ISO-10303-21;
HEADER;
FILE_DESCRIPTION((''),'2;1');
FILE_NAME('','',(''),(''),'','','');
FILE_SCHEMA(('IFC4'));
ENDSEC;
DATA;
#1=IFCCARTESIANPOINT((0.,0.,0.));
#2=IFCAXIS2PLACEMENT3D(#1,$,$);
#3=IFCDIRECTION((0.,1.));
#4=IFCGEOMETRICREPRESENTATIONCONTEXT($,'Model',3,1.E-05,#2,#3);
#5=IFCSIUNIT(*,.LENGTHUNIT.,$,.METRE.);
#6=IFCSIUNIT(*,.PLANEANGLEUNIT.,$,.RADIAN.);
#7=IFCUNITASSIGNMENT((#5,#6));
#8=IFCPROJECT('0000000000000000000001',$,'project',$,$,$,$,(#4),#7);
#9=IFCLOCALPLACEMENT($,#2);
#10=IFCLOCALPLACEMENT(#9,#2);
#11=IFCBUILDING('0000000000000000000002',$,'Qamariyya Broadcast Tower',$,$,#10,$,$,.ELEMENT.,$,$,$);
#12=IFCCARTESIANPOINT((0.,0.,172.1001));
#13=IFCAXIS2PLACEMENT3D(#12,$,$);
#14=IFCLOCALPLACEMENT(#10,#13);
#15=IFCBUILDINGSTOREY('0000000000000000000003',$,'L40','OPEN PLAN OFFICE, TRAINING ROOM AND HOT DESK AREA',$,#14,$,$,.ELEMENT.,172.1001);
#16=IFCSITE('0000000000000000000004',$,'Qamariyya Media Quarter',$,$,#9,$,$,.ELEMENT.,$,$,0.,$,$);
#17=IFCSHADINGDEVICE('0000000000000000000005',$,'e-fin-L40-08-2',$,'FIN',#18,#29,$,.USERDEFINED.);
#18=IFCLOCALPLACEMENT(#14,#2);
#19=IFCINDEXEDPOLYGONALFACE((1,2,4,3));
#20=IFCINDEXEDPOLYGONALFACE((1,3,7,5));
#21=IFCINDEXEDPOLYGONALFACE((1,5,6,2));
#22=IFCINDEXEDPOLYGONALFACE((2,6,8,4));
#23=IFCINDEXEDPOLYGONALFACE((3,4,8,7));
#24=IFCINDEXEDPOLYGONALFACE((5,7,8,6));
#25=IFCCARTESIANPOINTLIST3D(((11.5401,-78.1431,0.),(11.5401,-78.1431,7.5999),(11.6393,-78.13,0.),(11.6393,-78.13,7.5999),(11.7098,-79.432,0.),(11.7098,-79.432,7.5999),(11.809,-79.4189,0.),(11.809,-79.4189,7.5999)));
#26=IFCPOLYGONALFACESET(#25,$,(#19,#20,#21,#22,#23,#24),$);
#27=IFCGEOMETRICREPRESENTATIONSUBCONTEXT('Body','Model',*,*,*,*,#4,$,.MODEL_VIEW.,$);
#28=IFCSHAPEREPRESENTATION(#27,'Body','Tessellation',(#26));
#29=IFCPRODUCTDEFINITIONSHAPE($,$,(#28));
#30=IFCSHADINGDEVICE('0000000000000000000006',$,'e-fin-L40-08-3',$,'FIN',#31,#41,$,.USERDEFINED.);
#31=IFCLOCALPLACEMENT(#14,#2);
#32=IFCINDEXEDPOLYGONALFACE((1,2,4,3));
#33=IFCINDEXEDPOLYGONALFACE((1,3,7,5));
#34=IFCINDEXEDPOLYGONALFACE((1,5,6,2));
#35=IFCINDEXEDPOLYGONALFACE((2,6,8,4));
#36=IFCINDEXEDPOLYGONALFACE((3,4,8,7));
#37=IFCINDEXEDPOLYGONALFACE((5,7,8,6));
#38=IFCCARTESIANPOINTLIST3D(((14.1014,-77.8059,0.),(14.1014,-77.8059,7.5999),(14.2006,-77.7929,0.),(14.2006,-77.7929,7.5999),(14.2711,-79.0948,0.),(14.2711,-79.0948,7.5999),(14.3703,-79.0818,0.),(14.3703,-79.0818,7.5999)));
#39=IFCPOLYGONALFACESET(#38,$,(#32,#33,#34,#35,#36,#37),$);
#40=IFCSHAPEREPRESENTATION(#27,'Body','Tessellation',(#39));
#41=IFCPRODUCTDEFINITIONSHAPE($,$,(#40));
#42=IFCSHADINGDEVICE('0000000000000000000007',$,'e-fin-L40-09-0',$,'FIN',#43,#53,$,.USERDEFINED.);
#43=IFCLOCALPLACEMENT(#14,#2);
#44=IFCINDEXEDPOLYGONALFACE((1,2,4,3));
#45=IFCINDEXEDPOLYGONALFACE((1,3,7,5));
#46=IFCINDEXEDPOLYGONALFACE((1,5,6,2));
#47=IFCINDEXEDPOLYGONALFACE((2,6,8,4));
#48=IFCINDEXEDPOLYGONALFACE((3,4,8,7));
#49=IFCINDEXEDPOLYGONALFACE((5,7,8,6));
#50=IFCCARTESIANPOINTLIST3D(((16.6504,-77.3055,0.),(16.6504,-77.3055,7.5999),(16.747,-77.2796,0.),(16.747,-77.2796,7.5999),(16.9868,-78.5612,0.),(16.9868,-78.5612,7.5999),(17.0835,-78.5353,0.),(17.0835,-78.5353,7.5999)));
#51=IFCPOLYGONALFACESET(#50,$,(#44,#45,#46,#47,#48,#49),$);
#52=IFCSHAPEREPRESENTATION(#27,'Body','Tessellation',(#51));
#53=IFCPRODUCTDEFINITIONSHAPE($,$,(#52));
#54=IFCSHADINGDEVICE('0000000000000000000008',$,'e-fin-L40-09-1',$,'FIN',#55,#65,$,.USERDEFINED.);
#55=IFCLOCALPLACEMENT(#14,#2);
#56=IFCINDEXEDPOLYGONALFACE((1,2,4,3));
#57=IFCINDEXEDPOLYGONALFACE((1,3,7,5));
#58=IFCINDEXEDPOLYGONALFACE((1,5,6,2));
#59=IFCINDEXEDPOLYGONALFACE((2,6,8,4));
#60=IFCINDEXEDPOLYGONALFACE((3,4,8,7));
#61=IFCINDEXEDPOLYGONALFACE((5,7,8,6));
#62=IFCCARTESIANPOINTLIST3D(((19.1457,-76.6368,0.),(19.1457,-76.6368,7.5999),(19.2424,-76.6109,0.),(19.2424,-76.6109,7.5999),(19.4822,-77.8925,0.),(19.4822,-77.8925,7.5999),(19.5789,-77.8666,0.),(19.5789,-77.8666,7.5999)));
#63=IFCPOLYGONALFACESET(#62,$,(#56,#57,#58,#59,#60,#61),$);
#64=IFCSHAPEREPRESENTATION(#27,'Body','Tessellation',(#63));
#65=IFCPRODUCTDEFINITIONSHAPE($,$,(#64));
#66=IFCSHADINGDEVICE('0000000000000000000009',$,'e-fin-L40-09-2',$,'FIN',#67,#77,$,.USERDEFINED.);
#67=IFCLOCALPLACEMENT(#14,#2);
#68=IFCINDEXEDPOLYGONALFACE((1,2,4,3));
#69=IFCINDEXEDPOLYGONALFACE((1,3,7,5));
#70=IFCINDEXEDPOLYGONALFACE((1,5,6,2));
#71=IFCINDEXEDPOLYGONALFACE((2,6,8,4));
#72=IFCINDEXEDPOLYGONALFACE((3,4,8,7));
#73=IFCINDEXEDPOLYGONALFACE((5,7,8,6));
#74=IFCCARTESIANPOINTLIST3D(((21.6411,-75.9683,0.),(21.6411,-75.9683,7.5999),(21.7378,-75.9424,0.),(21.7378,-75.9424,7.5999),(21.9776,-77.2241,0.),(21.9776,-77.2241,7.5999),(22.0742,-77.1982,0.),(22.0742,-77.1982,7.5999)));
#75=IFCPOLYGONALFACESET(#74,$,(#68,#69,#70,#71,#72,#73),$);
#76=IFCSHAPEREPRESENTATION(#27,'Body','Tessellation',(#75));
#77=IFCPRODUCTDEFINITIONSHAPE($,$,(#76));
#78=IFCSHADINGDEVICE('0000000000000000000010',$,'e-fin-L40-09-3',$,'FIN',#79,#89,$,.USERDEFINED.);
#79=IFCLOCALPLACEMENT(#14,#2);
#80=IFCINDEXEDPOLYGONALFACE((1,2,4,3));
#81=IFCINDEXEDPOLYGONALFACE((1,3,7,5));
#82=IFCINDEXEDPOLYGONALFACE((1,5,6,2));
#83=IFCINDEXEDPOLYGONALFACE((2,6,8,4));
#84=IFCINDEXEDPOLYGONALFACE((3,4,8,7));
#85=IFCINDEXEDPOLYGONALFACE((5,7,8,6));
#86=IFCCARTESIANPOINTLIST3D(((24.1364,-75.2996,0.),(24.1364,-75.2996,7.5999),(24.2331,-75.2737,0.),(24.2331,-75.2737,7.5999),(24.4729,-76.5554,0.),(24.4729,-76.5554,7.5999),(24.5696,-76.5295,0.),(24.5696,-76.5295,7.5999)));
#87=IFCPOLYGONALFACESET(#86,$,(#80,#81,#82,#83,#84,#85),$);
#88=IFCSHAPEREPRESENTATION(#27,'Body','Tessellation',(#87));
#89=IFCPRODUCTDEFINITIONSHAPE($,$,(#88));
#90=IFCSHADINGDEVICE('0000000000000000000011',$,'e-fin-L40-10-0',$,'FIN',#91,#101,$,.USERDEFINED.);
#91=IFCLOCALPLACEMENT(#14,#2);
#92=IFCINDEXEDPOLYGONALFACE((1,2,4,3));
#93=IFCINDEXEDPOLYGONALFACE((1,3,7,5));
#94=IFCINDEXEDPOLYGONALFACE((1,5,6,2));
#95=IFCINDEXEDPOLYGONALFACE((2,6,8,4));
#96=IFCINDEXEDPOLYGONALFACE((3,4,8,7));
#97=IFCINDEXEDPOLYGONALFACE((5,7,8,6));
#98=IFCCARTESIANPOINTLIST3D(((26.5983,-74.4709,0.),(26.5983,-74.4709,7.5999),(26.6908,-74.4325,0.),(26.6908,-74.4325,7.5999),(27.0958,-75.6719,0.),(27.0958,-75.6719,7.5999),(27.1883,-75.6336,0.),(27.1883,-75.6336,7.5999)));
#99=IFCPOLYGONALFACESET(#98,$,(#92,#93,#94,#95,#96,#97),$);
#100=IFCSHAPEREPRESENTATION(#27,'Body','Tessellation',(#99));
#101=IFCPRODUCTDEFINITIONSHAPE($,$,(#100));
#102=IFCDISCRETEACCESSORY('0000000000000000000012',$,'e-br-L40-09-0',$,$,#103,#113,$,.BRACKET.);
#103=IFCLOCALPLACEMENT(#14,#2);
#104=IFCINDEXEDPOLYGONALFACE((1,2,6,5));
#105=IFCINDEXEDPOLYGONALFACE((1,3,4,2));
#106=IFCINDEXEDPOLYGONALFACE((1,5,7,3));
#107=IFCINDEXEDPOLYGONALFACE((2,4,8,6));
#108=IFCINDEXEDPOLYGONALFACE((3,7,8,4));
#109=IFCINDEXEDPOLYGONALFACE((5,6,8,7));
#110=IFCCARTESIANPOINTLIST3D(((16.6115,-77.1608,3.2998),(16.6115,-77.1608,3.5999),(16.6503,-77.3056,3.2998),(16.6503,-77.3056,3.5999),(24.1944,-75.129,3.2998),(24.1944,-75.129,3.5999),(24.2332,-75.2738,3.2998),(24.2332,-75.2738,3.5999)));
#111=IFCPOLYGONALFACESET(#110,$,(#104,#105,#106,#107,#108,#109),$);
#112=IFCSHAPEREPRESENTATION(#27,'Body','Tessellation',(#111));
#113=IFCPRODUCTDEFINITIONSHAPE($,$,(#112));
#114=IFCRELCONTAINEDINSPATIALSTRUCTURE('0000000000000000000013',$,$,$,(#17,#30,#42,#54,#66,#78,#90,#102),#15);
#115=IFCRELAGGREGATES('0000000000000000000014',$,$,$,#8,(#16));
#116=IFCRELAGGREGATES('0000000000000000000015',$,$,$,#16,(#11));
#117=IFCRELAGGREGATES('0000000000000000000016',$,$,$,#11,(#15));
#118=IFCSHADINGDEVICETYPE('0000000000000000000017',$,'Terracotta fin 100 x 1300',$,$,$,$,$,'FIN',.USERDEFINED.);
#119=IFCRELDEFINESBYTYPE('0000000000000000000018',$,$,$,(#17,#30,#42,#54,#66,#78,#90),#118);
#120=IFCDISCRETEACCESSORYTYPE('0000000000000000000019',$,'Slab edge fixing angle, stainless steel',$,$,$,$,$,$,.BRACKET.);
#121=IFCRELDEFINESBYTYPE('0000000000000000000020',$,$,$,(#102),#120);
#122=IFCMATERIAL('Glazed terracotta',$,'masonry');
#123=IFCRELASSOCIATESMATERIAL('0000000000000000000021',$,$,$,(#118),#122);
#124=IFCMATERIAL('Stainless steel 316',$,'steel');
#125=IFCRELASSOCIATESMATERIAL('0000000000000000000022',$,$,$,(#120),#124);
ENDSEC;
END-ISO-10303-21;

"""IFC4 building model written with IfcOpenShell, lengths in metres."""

from ifc_helpers import new_model, si_unit, direction, frame, origin, origin_2d, place, context, subcontext, project, spatial, rectangle, extrude, material, material_profile, profile_set, type_object, element, save


model = new_model("IFC4")

# Units and contexts
model_context = context("Model", 3, precision=1e-05, world=origin(), true_north=direction((0.0, 1.0)))
body_context = subcontext(model_context, "Body", "Model", "MODEL_VIEW")
ifc_project = project(units=[si_unit("LENGTHUNIT", "METRE"), si_unit("PLANEANGLEUNIT", "RADIAN")], contexts=[model_context])

# Site, building, storey
site_placement = place(None, origin())
site = spatial("IfcSite", under=ifc_project, at=site_placement, Name="Qamariyya Media Quarter", CompositionType="ELEMENT", RefElevation=0.0)
building_placement = place(site_placement, origin())
building = spatial("IfcBuilding", under=site, at=building_placement, Name="Qamariyya Broadcast Tower", CompositionType="ELEMENT")
storey_placement = place(building_placement, frame((0.0, 0.0, 172.1001)))
storey = spatial("IfcBuildingStorey", under=building, at=storey_placement, Name="L40", Description="OPEN PLAN OFFICE, TRAINING ROOM AND HOT DESK AREA", CompositionType="ELEMENT", Elevation=172.1001)

# Shading devices
ifc_material_1 = material(Name="Glazed terracotta", Category="masonry")
ifc_material_profile_1 = material_profile(ifc_material_1, rectangle(XDim=1.3, YDim=0.1001, at=origin_2d()))
ifc_profile_set_1 = profile_set([ifc_material_profile_1], Name="Glazed terracotta")
shading_device_type_1 = type_object("IfcShadingDeviceType", Name="Terracotta fin 100 x 1300", ElementType="FIN", PredefinedType="USERDEFINED", material=ifc_profile_set_1)
for number, where, z_axis, x_axis, name in (
    (1, (11.6746, -78.781, 0.0), (0.0, 0.0, 1.0), (0.130526, -0.991445, 0.0), "e-fin-L40-08-2"),
    (2, (14.2358, -78.4438, 0.0), (0.0, 0.0, 1.0), (0.130526, -0.991445, 0.0), "e-fin-L40-08-3"),
    (3, (16.8669, -77.9204, 0.0), (0.0, 0.0, 1.0), (0.258819, -0.965926, 0.0), "e-fin-L40-09-0"),
    (4, (19.3623, -77.2517, 0.0), (0.0, 0.0, 1.0), (0.258819, -0.965926, 0.0), "e-fin-L40-09-1"),
    (5, (21.8577, -76.5833, 0.0), (0.0, 0.0, 1.0), (0.258819, -0.965926, 0.0), "e-fin-L40-09-2"),
    (6, (24.353, -75.9146, 0.0), (0.0, 0.0, 1.0), (0.258819, -0.965926, 0.0), "e-fin-L40-09-3"),
    (7, (26.8933, -75.0522, 0.0), (0.0, 0.0, 1.0), (0.382683, -0.92388, 0.0), "e-fin-L40-10-0"),
):
    element("IfcShadingDevice", number, at=place(storey_placement, frame(where, z_axis=z_axis, x_axis=x_axis)), inside=storey, type_object=shading_device_type_1, Name=name, ObjectType="FIN", PredefinedType="USERDEFINED", context=body_context, shape_type="SweptSolid", body=[
        extrude(rectangle(XDim=1.3, YDim=0.1001, at=origin_2d()), origin(), (0.0, 0.0, 1.0), 7.5999),
    ])

# Discrete accessory
ifc_material_2 = material(Name="Stainless steel 316", Category="steel")
discrete_accessory_type = type_object("IfcDiscreteAccessoryType", Name="Slab edge fixing angle, stainless steel", PredefinedType="BRACKET", material=ifc_material_2)
discrete_accessory_placement = place(storey_placement, frame((20.4224, -76.2173, 3.2998), z_axis=(0.0, 0.0, 1.0), x_axis=(0.965926, 0.258819, 0.0)))
element("IfcDiscreteAccessory", 8, at=discrete_accessory_placement, inside=storey, type_object=discrete_accessory_type, Name="e-br-L40-09-0", PredefinedType="BRACKET", context=body_context, shape_type="SweptSolid", body=[
    extrude(rectangle(XDim=7.8503, YDim=0.1499, at=origin_2d()), origin(), (0.0, 0.0, 1.0), 0.3),
])

save(model, "model.ifc")
